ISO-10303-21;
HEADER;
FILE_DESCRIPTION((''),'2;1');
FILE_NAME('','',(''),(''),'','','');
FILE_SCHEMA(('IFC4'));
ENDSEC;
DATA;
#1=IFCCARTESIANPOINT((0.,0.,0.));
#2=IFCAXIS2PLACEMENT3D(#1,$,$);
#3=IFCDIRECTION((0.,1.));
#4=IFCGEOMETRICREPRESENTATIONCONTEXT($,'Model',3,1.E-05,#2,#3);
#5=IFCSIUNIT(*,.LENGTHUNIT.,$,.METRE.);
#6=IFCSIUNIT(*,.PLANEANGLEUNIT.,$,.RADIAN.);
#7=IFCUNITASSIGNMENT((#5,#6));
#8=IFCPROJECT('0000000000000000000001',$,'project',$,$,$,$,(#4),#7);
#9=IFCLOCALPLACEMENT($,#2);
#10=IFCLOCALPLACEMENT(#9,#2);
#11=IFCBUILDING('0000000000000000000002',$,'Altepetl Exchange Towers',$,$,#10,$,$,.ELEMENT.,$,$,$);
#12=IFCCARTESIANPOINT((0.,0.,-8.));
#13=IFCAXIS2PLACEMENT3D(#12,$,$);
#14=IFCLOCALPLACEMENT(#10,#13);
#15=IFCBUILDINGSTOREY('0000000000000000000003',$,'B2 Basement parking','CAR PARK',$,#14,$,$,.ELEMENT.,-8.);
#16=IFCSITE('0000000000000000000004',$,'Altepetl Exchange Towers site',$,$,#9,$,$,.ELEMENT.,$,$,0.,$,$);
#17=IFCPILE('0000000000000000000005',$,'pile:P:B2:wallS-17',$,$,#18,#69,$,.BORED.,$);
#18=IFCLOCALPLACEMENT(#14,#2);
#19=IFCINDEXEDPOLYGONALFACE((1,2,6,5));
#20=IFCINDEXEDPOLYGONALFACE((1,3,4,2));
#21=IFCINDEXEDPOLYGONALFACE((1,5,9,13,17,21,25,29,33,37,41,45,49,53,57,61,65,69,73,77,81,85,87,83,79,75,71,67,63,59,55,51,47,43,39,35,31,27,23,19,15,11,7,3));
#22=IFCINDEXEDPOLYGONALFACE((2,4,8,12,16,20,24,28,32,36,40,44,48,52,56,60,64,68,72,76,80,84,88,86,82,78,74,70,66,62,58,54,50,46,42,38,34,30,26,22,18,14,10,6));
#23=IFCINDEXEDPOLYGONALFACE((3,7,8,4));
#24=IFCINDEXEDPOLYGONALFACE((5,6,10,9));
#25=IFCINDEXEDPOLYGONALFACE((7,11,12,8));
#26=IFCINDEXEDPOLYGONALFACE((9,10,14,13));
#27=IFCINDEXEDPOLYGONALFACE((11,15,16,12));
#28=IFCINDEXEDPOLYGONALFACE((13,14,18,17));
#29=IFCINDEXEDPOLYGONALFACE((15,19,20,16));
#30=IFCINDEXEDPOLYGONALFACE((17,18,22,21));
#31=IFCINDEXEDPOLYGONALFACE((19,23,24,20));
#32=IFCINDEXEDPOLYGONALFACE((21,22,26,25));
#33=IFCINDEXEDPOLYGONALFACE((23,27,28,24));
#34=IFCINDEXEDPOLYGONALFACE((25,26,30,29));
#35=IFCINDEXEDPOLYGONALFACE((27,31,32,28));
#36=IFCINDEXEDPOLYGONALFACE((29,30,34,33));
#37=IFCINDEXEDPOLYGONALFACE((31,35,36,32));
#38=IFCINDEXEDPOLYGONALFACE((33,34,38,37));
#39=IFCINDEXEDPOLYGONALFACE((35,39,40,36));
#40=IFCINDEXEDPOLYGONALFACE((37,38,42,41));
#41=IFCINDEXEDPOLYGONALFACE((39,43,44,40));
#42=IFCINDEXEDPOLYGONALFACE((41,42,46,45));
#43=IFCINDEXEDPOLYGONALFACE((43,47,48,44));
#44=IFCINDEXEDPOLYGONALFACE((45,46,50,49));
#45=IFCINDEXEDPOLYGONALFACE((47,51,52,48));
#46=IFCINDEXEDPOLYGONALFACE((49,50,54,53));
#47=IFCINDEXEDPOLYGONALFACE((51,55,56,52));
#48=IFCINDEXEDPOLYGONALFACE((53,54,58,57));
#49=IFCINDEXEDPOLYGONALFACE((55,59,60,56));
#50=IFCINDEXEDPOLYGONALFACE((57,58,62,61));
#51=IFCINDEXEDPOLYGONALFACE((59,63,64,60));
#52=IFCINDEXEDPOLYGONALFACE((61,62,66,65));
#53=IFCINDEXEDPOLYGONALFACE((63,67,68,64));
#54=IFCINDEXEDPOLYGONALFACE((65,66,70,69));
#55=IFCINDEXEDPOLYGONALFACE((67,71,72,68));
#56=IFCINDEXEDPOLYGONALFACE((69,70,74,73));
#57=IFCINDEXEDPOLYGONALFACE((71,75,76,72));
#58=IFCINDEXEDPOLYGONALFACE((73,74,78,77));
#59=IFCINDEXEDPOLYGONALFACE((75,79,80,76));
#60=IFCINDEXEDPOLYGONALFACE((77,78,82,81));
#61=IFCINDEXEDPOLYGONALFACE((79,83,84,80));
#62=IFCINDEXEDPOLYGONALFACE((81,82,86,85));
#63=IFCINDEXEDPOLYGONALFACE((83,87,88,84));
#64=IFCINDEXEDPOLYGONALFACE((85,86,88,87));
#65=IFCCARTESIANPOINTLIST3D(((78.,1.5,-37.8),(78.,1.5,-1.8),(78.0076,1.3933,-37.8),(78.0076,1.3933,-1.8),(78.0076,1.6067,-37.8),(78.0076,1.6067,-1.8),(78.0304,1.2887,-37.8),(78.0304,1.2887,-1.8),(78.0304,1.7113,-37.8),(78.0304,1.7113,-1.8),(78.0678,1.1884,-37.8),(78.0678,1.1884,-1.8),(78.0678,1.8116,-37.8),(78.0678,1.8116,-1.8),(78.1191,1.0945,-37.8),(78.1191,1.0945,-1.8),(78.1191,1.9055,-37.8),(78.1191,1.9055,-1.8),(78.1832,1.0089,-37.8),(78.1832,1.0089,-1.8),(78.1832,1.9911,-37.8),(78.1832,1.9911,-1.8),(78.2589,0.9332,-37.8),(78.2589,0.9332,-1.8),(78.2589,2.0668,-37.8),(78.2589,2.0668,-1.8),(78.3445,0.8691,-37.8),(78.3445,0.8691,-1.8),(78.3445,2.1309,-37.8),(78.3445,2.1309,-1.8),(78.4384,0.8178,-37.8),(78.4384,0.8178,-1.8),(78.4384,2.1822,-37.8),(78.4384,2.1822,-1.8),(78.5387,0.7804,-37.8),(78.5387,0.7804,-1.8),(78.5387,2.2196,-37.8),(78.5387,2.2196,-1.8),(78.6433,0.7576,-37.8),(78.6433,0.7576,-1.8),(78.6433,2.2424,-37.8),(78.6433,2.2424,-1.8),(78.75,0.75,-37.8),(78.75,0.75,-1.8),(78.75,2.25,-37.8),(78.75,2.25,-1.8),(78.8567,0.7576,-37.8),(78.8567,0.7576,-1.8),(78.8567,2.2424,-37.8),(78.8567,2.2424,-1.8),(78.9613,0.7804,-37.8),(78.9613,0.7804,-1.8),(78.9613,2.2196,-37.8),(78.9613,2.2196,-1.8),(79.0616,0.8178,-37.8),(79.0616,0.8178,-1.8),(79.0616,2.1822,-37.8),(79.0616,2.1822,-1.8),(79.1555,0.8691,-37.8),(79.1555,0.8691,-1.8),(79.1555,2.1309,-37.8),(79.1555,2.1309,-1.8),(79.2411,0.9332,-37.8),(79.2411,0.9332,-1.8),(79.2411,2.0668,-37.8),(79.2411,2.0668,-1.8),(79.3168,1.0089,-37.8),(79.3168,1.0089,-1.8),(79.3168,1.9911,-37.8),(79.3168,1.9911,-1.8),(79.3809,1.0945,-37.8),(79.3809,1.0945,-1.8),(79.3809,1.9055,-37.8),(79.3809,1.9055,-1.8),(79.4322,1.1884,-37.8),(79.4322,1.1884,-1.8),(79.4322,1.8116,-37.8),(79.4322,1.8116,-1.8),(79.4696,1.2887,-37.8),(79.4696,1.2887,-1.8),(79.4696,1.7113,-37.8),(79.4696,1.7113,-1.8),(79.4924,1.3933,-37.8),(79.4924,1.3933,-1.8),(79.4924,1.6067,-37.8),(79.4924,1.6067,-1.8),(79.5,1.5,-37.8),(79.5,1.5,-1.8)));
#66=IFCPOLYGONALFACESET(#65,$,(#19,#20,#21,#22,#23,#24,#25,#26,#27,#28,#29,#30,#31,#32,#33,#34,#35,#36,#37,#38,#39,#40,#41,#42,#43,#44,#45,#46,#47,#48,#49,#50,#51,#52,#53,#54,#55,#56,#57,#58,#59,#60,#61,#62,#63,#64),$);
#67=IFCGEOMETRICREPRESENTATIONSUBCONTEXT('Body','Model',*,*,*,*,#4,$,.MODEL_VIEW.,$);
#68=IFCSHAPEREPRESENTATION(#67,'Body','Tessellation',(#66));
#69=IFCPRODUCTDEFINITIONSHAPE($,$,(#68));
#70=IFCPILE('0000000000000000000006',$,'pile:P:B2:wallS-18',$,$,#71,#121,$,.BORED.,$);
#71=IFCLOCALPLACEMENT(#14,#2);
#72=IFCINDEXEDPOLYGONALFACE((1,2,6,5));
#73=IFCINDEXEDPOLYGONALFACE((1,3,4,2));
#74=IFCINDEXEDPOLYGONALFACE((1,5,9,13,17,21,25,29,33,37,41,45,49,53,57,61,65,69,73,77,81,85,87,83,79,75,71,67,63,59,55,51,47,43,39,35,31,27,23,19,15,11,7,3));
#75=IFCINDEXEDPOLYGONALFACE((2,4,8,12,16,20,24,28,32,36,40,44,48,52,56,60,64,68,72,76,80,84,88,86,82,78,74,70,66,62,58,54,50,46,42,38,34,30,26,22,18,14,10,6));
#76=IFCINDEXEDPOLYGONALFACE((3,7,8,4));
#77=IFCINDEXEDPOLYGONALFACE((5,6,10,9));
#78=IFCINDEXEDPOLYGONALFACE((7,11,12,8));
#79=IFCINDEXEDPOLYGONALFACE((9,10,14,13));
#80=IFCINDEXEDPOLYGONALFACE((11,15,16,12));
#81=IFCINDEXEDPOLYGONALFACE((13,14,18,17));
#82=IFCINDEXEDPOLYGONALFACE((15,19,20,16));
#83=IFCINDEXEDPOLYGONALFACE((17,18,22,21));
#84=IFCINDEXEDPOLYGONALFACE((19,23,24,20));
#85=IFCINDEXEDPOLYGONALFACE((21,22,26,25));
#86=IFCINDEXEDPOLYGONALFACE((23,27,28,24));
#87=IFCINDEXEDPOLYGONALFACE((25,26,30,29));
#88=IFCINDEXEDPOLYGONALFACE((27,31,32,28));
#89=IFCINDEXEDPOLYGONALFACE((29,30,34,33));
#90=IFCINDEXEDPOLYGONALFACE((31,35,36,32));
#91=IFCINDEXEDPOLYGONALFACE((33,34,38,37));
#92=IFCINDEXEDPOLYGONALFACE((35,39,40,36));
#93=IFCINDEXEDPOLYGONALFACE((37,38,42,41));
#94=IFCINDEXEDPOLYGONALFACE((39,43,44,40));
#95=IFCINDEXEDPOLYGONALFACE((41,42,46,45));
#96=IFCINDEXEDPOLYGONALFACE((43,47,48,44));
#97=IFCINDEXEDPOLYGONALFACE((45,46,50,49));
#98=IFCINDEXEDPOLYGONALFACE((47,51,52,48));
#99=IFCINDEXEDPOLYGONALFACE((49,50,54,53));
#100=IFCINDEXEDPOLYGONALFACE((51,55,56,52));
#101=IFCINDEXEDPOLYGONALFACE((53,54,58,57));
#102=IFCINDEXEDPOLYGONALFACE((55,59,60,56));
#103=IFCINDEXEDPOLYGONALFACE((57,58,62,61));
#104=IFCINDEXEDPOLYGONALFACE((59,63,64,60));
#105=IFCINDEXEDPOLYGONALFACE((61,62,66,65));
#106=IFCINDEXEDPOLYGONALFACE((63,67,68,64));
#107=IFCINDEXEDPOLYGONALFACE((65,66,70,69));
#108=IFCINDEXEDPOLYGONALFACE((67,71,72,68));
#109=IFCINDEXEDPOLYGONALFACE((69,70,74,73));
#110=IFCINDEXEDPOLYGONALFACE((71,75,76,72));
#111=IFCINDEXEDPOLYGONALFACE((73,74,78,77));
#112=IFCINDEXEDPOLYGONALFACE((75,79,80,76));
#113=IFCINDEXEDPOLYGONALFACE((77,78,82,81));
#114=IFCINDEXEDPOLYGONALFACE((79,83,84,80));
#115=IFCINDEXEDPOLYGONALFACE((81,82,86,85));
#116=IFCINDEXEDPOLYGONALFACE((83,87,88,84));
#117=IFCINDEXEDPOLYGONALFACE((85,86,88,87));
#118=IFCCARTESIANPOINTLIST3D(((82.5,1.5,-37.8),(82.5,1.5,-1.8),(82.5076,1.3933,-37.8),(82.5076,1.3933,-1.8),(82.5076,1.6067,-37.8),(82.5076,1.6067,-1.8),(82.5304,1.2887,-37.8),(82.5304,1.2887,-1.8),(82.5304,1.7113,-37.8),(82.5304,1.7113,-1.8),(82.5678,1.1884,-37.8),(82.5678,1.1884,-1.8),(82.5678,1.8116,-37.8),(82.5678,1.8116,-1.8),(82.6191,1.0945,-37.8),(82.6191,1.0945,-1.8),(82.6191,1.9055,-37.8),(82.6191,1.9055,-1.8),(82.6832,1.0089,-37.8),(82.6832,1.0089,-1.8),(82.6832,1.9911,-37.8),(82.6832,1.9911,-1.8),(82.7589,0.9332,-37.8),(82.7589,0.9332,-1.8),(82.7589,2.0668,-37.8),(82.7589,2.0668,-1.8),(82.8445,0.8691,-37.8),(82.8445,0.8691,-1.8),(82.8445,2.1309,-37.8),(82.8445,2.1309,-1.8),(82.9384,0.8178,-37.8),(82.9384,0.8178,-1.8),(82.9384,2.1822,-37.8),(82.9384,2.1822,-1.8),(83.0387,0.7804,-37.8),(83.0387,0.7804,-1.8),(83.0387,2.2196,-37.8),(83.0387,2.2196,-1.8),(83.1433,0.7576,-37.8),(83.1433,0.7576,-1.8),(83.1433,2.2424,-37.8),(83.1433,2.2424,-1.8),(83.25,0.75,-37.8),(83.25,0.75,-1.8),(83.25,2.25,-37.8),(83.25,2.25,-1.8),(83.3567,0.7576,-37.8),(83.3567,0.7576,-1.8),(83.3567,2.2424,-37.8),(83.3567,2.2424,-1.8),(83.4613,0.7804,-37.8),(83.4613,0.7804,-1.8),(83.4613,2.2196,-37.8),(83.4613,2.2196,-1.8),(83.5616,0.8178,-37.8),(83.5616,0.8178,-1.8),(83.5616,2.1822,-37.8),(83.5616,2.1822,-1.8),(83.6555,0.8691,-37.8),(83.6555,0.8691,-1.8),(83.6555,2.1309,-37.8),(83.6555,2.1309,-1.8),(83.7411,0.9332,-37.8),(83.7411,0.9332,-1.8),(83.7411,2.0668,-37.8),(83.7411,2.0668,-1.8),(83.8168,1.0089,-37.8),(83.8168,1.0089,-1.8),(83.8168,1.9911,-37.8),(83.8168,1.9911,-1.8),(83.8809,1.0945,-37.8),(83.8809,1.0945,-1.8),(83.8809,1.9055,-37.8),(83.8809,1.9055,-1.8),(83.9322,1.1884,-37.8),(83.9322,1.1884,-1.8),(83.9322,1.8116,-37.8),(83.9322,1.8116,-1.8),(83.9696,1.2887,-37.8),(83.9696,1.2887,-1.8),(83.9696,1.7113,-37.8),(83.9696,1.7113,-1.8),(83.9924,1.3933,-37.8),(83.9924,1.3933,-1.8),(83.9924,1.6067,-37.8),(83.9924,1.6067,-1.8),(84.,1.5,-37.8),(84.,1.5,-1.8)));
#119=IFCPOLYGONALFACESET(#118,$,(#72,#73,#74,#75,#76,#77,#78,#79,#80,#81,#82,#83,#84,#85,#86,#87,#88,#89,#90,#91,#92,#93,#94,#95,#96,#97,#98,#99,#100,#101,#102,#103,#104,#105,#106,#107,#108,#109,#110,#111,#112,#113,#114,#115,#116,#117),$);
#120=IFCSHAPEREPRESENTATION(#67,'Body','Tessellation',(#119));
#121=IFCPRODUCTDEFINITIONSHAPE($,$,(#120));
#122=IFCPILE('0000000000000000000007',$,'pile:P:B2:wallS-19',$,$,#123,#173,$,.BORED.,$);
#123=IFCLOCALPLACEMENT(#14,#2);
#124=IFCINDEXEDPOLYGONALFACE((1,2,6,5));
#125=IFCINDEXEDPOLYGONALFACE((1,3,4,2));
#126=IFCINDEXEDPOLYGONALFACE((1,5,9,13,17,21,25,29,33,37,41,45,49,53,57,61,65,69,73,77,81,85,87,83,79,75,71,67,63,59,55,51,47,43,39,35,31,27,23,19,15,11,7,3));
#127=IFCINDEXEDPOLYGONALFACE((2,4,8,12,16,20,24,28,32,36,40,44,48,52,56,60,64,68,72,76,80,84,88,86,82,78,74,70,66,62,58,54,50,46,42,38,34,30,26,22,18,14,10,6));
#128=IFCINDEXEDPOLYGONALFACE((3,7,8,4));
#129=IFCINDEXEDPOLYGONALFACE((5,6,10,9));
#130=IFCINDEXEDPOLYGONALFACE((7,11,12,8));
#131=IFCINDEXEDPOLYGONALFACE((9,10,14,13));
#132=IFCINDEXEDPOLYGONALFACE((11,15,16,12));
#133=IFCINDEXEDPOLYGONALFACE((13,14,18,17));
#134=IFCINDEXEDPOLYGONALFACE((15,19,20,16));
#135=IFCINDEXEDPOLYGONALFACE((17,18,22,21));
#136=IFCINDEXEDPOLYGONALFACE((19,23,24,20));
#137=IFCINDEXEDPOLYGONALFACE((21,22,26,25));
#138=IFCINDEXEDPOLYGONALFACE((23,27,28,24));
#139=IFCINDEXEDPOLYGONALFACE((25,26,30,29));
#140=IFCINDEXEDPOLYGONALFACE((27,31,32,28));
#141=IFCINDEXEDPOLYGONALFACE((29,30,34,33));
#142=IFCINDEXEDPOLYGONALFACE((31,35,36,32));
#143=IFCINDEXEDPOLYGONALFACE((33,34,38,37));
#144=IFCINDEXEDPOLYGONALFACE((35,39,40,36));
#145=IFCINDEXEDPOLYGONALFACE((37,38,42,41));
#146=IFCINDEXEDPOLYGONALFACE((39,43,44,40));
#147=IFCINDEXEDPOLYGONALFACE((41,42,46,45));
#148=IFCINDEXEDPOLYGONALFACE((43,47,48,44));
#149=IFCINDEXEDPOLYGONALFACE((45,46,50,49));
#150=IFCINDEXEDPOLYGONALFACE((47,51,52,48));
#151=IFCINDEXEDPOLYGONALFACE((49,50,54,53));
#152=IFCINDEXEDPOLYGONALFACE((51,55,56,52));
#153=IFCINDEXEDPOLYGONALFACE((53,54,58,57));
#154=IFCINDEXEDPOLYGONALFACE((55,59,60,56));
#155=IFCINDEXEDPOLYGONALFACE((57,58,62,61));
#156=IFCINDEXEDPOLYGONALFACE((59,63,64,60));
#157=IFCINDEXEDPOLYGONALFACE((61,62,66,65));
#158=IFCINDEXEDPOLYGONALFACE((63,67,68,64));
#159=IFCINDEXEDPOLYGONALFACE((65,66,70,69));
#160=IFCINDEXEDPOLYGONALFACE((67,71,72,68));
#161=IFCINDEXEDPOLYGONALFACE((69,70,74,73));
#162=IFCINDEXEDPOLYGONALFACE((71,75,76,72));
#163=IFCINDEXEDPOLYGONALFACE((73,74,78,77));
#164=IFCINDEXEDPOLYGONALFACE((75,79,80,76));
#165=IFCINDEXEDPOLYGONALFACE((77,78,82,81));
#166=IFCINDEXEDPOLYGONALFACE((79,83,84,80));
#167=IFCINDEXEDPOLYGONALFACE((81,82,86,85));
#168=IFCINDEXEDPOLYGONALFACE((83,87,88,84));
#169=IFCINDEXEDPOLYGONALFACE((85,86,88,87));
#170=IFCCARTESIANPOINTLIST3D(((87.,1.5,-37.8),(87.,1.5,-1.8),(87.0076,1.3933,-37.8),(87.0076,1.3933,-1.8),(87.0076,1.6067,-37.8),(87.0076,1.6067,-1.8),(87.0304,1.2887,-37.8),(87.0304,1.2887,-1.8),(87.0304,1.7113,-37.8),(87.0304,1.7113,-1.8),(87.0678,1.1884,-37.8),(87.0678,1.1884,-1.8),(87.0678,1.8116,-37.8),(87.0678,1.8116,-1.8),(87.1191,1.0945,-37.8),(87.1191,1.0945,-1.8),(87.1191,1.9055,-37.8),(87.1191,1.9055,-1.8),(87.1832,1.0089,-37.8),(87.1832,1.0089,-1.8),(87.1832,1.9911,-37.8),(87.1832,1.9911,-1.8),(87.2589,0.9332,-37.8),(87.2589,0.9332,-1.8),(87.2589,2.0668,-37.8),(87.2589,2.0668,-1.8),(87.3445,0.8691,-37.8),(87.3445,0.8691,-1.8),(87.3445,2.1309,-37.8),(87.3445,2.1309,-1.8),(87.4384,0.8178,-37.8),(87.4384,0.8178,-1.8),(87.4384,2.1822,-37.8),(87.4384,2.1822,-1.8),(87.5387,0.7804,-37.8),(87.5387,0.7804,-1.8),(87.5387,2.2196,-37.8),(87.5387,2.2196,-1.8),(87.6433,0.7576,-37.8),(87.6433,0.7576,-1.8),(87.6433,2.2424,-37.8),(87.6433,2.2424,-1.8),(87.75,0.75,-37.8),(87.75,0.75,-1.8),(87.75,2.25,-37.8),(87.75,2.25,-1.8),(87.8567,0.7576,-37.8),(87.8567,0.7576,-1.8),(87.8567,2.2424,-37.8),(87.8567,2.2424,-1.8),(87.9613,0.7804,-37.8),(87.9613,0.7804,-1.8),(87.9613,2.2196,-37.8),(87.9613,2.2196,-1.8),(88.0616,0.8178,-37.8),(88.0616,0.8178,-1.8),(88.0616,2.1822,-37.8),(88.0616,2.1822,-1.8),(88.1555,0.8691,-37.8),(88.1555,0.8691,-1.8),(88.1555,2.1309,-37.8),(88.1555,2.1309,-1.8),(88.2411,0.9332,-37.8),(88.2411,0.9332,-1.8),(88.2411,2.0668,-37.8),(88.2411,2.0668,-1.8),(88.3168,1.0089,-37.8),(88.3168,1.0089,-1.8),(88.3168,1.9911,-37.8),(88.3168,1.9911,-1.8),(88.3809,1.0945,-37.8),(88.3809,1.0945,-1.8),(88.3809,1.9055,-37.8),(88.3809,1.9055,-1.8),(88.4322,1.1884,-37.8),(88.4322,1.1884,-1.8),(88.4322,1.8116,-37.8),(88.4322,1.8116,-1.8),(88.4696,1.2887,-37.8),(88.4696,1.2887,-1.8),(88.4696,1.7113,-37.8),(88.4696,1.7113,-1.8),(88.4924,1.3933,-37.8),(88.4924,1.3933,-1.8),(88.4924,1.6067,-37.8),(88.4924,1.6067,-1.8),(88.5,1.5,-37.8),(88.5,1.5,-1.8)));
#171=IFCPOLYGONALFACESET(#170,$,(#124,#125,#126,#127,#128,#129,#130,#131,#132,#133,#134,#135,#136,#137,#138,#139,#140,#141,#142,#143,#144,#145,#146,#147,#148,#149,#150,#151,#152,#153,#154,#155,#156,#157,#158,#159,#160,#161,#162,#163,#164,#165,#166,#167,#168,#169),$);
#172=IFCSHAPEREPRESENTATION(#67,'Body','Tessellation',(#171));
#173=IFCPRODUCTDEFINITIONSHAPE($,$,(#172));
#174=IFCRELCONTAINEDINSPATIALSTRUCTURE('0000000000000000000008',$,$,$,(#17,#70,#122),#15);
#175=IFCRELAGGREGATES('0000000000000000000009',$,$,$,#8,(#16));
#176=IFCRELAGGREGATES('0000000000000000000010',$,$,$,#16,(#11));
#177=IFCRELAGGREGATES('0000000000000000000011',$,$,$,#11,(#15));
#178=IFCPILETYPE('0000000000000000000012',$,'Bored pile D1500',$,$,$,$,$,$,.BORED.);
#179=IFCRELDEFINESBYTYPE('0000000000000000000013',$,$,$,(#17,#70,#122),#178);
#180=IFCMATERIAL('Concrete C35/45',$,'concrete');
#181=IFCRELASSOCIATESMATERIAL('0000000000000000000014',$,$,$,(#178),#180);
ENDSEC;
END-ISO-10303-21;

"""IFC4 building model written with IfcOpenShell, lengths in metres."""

from ifc_helpers import new_model, si_unit, direction, frame, origin, origin_2d, place, context, subcontext, project, spatial, circle, extrude, material, material_profile, profile_set, type_object, element, save


model = new_model("IFC4")

# Units and contexts
model_context = context("Model", 3, precision=1e-05, world=origin(), true_north=direction((0.0, 1.0)))
body_context = subcontext(model_context, "Body", "Model", "MODEL_VIEW")
ifc_project = project(units=[si_unit("LENGTHUNIT", "METRE"), si_unit("PLANEANGLEUNIT", "RADIAN")], contexts=[model_context])

# Site, building, storey
site_placement = place(None, origin())
site = spatial("IfcSite", under=ifc_project, at=site_placement, Name="Altepetl Exchange Towers site", CompositionType="ELEMENT", RefElevation=0.0)
building_placement = place(site_placement, origin())
building = spatial("IfcBuilding", under=site, at=building_placement, Name="Altepetl Exchange Towers", CompositionType="ELEMENT")
storey_placement = place(building_placement, frame((0.0, 0.0, -8.0)))
storey = spatial("IfcBuildingStorey", under=building, at=storey_placement, Name="B2 Basement parking", Description="CAR PARK", CompositionType="ELEMENT", Elevation=-8.0)

# Piles
ifc_material_1 = material(Name="Concrete C35/45", Category="concrete")
ifc_material_profile_1 = material_profile(ifc_material_1, circle(Radius=0.75, at=origin_2d()), Name="D1500")
ifc_profile_set_1 = profile_set([ifc_material_profile_1], Name="Concrete C35/45")
pile_type_1 = type_object("IfcPileType", Name="Bored pile D1500", PredefinedType="BORED", material=ifc_profile_set_1)
for number, where, z_axis, x_axis, name in (
    (1, (78.75, 1.5, -1.8), (0.0, 0.0, -1.0), (1.0, 0.0, 0.0), "pile:P:B2:wallS-17"),
    (2, (83.25, 1.5, -1.8), (0.0, 0.0, -1.0), (1.0, 0.0, 0.0), "pile:P:B2:wallS-18"),
    (3, (87.75, 1.5, -1.8), (0.0, 0.0, -1.0), (1.0, 0.0, 0.0), "pile:P:B2:wallS-19"),
):
    element("IfcPile", number, at=place(storey_placement, frame(where, z_axis=z_axis, x_axis=x_axis)), inside=storey, type_object=pile_type_1, Name=name, PredefinedType="BORED", context=body_context, shape_type="SweptSolid", body=[
        extrude(circle(Radius=0.75, at=origin_2d()), origin(), (0.0, 0.0, 1.0), 36.0),
    ])

save(model, "model.ifc")
